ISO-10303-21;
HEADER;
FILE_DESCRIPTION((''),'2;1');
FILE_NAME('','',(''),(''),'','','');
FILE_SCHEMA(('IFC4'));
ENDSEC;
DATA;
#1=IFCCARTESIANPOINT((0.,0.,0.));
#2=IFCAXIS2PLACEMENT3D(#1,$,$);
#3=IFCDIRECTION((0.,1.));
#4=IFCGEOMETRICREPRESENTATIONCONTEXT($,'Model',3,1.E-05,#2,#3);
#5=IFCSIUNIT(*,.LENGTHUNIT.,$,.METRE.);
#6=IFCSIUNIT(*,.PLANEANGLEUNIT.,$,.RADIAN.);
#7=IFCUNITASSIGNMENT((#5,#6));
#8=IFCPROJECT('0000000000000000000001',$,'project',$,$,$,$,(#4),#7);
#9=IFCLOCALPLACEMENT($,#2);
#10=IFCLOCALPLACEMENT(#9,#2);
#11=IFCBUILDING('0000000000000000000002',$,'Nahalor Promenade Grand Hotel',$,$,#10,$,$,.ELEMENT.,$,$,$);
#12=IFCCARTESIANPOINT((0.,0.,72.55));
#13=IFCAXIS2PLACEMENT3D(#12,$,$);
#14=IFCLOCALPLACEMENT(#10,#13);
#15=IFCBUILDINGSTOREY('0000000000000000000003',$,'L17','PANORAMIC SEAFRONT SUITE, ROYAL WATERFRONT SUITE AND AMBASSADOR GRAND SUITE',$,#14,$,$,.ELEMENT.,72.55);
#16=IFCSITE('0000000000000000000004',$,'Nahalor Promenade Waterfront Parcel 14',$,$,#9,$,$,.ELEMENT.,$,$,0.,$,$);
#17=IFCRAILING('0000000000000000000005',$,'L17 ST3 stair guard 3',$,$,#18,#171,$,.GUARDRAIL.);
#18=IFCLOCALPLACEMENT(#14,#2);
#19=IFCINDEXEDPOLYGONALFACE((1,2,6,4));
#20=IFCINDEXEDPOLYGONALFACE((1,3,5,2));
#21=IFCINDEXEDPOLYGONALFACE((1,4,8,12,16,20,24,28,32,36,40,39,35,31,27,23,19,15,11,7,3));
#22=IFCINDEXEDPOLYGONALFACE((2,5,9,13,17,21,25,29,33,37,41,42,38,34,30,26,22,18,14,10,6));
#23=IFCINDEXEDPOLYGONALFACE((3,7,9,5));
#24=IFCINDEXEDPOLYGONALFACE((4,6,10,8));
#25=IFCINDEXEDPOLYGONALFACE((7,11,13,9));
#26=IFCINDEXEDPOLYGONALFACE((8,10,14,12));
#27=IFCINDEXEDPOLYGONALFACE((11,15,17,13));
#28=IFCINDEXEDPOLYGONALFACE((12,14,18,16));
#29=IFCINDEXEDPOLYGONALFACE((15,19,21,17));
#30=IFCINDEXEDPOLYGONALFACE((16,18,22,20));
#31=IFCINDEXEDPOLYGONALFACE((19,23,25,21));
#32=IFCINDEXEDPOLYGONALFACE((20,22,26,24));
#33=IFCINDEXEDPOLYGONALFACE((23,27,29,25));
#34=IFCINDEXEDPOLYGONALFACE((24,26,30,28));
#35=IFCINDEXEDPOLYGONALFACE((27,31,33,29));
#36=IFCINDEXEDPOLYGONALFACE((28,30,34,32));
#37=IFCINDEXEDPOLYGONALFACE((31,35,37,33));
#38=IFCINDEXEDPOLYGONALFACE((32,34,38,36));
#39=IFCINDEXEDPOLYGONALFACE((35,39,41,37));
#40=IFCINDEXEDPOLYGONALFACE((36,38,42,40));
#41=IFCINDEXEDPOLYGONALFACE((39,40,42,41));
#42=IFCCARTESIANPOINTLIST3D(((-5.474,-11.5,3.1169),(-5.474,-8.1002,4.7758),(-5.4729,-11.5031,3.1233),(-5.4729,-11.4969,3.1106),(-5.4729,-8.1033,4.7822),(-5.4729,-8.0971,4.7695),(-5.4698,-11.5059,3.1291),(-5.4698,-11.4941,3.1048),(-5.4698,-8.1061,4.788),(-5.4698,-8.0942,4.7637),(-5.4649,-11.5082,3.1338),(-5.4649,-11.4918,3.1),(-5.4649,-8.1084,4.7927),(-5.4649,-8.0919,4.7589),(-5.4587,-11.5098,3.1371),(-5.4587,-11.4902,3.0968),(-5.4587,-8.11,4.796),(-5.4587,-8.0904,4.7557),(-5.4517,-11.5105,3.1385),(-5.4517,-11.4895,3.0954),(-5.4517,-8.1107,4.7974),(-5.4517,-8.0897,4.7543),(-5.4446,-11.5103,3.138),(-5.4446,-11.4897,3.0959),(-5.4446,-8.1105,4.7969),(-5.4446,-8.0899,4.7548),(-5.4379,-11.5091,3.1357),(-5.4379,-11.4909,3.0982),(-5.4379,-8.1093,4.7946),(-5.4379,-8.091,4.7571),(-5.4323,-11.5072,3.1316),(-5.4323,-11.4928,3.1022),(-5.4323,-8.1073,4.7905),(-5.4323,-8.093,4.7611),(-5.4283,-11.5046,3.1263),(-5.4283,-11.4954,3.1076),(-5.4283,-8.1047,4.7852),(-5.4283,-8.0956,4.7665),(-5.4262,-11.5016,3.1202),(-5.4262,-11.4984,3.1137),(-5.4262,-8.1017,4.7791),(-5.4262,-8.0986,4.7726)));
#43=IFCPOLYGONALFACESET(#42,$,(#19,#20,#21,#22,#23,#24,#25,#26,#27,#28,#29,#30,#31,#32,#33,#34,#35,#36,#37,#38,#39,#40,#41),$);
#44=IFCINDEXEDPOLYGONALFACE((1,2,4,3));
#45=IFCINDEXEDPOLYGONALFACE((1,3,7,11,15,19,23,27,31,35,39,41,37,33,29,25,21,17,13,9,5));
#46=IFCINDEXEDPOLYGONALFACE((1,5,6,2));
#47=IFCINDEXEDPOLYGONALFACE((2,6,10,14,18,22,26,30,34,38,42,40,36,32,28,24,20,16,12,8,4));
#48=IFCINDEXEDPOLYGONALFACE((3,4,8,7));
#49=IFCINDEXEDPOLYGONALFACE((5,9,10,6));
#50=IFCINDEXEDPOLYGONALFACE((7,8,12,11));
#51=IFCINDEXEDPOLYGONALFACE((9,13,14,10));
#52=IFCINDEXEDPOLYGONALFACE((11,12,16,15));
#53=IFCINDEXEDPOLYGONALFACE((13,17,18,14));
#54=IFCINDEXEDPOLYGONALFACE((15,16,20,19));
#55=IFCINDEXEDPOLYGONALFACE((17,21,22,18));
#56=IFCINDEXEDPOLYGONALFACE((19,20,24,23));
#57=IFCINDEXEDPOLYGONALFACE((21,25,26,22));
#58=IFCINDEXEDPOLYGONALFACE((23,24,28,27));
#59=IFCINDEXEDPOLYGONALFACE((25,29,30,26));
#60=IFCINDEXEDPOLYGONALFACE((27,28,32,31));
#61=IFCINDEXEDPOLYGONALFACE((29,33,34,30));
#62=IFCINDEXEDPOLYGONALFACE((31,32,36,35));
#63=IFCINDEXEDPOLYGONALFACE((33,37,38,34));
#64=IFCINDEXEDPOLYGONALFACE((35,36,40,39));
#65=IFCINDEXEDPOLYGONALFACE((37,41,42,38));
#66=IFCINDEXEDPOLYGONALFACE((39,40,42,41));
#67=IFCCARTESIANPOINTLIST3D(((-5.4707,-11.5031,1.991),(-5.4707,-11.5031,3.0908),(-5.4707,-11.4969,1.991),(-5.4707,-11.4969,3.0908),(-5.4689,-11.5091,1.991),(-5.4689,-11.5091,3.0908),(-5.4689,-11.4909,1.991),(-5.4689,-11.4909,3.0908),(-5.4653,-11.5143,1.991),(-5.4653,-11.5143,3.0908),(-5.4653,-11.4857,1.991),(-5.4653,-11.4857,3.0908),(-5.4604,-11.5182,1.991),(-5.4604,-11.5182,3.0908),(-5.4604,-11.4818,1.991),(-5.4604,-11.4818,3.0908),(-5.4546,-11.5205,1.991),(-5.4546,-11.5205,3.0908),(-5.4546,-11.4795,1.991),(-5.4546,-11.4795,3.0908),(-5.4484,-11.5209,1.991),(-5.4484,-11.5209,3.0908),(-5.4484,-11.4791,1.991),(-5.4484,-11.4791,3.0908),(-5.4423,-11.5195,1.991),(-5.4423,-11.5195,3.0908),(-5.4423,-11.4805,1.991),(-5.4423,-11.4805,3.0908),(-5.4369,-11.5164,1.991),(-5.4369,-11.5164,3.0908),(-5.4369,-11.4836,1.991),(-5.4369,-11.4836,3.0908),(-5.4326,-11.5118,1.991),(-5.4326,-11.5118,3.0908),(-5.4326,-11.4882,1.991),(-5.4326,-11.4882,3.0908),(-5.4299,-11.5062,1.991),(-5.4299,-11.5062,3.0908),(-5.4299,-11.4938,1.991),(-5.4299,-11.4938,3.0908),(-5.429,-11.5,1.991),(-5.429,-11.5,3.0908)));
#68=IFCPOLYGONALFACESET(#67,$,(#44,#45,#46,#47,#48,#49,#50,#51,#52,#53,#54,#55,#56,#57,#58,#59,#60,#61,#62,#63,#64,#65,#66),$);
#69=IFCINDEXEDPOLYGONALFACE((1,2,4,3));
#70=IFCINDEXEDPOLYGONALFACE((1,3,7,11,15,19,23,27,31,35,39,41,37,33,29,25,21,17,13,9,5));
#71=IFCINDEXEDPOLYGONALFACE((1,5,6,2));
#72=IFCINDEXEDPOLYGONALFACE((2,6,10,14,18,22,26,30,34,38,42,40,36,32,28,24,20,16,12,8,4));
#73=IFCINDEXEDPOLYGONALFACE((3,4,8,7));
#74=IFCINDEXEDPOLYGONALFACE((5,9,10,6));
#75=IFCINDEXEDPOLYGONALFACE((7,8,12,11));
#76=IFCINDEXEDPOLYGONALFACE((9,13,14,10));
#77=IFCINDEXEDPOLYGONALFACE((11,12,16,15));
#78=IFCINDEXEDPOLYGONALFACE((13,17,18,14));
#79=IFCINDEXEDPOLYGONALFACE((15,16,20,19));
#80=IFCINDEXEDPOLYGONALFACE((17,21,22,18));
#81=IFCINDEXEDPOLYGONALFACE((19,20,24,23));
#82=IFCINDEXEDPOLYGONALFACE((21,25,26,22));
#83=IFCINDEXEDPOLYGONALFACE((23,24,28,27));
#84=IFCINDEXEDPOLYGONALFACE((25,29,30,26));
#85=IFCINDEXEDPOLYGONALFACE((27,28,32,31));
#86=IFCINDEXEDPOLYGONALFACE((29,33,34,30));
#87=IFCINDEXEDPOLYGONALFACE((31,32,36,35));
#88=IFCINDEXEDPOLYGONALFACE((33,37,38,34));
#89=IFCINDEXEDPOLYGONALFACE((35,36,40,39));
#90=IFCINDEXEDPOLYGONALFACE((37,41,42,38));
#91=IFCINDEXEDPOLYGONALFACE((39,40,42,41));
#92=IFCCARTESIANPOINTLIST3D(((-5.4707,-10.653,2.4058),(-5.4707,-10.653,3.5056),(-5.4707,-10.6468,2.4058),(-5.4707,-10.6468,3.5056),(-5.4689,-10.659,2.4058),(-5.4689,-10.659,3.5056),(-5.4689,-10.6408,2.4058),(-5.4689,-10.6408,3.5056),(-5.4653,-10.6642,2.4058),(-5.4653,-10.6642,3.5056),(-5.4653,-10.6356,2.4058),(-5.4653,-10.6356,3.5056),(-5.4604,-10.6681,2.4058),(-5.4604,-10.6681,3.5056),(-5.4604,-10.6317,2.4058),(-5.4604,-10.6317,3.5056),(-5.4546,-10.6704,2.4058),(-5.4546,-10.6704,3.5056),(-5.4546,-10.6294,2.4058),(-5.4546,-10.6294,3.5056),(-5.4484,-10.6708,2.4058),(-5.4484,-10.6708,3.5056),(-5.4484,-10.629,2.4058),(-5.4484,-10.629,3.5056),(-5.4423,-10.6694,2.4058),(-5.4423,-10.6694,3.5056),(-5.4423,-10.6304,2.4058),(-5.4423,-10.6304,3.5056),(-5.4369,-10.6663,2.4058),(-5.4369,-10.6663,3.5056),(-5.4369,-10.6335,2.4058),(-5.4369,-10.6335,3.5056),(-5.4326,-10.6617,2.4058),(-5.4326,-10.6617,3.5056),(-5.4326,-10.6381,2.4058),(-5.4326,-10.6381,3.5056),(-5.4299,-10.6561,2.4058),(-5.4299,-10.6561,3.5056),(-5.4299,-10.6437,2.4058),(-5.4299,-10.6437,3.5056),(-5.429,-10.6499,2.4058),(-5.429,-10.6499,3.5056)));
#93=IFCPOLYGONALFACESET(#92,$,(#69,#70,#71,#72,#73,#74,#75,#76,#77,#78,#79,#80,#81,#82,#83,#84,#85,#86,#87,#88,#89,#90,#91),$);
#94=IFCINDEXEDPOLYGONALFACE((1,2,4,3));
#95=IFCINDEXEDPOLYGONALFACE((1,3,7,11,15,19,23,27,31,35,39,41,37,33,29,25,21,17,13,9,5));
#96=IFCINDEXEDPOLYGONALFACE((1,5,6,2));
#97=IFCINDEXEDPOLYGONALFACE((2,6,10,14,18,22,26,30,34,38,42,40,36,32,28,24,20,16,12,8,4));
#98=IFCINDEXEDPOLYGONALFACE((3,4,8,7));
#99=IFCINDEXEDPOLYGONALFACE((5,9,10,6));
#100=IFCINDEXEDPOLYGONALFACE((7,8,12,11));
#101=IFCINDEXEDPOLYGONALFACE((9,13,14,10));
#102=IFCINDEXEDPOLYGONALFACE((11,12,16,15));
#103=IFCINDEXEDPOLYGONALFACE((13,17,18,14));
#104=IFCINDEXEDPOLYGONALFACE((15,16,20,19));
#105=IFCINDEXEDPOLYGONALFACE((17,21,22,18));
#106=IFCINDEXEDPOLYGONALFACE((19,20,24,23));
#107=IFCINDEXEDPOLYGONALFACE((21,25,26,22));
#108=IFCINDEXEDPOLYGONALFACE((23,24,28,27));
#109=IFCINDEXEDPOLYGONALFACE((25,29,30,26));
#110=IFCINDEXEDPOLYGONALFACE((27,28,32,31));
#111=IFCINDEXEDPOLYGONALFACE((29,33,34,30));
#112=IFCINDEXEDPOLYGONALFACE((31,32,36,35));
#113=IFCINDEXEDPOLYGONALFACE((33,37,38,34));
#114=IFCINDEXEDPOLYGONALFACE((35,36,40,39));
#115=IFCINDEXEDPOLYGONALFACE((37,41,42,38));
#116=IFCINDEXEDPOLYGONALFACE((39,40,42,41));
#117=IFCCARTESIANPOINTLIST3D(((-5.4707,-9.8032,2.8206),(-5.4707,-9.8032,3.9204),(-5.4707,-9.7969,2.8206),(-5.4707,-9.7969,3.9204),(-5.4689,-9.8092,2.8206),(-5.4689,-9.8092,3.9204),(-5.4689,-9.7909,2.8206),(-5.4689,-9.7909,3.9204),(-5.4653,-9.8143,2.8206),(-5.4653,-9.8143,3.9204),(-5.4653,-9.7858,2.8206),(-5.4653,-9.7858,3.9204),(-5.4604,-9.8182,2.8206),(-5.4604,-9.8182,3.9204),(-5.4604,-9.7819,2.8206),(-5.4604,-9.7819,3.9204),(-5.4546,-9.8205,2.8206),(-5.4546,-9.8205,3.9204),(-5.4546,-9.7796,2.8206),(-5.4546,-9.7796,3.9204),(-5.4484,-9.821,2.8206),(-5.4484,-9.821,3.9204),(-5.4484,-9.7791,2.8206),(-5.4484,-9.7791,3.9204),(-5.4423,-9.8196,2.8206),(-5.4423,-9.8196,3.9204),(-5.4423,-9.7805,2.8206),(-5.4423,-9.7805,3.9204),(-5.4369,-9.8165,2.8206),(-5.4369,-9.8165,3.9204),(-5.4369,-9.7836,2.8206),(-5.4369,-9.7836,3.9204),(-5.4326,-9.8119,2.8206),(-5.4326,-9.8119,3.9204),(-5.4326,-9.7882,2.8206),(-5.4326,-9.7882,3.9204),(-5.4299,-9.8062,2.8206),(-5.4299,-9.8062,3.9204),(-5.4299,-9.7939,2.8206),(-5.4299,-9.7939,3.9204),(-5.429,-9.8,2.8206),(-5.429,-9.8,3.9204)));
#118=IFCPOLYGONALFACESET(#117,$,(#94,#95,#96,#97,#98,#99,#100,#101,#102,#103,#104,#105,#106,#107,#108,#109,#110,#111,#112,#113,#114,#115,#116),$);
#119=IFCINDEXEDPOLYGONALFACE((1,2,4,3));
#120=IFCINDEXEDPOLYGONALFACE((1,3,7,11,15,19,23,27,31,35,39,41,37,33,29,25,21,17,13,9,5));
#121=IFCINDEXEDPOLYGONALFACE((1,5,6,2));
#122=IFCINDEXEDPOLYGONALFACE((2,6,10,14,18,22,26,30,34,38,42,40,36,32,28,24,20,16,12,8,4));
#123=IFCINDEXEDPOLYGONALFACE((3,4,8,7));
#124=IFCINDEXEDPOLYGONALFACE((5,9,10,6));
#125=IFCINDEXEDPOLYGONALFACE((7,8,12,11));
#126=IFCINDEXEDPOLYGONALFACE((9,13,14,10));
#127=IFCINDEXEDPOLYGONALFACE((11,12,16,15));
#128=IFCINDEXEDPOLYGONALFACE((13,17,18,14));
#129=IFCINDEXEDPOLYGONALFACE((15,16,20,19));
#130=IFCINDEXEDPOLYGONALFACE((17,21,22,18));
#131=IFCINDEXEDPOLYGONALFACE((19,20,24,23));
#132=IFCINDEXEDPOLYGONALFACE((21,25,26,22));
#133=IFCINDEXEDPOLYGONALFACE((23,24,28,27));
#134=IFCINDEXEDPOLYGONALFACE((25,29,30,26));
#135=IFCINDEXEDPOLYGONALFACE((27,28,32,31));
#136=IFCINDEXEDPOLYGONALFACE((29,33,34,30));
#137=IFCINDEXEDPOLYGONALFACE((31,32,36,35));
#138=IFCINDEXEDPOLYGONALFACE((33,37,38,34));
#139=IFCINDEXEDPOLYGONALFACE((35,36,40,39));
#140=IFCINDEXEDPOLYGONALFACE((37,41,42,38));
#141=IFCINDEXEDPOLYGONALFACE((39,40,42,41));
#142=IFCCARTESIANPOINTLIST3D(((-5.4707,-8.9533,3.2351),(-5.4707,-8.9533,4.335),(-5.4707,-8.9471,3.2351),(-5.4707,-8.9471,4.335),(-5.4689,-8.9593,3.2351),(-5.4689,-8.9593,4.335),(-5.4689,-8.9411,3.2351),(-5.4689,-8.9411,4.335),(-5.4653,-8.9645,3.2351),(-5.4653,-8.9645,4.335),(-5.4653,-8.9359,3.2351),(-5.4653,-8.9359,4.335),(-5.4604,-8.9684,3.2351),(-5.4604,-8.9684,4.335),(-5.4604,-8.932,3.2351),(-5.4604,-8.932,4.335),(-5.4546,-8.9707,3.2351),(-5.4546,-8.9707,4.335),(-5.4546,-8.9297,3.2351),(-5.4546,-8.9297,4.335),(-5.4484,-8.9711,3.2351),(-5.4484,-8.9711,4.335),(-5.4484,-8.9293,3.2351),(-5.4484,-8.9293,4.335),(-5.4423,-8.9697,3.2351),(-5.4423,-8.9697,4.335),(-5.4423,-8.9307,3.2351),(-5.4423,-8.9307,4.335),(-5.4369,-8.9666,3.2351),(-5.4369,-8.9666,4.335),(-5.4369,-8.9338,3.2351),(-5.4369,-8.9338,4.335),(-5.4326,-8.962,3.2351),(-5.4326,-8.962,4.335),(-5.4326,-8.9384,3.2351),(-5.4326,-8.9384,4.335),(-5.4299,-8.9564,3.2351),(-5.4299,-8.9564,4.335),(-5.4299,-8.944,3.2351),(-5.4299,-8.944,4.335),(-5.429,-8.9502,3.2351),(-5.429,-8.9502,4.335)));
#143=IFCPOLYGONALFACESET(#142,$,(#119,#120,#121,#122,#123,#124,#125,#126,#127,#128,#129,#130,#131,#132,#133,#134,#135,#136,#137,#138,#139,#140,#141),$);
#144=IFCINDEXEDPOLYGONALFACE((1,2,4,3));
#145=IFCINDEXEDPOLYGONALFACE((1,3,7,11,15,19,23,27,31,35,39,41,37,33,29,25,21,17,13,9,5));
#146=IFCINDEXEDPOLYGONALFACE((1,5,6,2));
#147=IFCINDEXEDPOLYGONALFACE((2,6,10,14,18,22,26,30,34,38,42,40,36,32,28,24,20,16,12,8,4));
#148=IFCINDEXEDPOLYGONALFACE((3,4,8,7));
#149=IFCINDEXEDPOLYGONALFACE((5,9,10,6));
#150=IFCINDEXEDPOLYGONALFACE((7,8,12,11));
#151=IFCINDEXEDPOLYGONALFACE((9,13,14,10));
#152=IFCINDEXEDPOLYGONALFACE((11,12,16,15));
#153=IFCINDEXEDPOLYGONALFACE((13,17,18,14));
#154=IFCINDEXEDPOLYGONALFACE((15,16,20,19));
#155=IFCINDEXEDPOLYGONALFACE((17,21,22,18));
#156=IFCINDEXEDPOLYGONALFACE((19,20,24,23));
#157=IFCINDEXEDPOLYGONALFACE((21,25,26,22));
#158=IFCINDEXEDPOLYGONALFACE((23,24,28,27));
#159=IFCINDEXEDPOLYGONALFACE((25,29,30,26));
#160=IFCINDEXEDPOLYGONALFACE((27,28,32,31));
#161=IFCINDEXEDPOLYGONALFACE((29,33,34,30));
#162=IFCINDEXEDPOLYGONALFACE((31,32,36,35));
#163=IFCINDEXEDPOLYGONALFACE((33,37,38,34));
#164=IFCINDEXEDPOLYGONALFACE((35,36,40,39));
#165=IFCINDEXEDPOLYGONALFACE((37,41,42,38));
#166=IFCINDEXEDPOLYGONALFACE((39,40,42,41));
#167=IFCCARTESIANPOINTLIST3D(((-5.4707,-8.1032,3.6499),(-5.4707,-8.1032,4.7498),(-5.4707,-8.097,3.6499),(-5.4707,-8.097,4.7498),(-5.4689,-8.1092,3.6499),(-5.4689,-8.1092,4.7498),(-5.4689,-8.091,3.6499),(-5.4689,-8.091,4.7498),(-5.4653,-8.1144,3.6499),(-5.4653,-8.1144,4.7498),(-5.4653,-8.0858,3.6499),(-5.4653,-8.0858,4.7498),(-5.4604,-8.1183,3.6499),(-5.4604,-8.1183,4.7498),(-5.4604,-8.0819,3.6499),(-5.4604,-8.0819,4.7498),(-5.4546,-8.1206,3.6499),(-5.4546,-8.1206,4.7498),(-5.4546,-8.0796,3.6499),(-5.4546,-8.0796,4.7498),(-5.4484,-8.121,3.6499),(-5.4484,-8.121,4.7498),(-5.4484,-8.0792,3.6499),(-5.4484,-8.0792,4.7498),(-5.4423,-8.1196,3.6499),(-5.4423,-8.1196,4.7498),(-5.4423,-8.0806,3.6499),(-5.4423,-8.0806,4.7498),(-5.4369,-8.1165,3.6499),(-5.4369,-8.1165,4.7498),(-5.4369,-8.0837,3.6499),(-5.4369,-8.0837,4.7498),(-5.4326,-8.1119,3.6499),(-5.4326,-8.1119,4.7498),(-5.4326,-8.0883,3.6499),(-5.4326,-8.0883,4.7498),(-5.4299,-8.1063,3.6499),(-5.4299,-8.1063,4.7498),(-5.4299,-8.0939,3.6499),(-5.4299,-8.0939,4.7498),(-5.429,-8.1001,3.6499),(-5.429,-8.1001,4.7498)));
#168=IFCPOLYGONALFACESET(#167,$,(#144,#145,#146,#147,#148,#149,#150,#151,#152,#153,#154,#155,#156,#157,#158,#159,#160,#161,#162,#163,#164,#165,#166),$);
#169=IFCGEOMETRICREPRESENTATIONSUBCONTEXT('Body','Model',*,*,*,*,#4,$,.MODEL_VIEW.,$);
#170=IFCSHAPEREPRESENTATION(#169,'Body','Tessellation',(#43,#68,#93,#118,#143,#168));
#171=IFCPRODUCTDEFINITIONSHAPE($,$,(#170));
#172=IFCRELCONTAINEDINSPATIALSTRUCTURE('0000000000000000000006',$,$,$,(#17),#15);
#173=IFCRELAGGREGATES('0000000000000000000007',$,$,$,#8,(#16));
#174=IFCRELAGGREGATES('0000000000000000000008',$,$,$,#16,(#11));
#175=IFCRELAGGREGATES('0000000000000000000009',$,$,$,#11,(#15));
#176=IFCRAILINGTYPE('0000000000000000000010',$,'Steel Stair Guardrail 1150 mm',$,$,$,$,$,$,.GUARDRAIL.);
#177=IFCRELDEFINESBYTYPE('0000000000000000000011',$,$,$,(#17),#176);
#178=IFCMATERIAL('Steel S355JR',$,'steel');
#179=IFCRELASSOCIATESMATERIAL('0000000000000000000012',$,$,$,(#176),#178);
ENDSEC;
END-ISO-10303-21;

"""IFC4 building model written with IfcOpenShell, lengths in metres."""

from ifc_helpers import new_model, si_unit, direction, frame, origin, origin_2d, place, context, subcontext, project, spatial, circle, extrude, material, type_object, element, save


model = new_model("IFC4")

# Units and contexts
model_context = context("Model", 3, precision=1e-05, world=origin(), true_north=direction((0.0, 1.0)))
body_context = subcontext(model_context, "Body", "Model", "MODEL_VIEW")
ifc_project = project(units=[si_unit("LENGTHUNIT", "METRE"), si_unit("PLANEANGLEUNIT", "RADIAN")], contexts=[model_context])

# Site, building, storey
site_placement = place(None, origin())
site = spatial("IfcSite", under=ifc_project, at=site_placement, Name="Nahalor Promenade Waterfront Parcel 14", CompositionType="ELEMENT", RefElevation=0.0)
building_placement = place(site_placement, origin())
building = spatial("IfcBuilding", under=site, at=building_placement, Name="Nahalor Promenade Grand Hotel", CompositionType="ELEMENT")
storey_placement = place(building_placement, frame((0.0, 0.0, 72.55)))
storey = spatial("IfcBuildingStorey", under=building, at=storey_placement, Name="L17", Description="PANORAMIC SEAFRONT SUITE, ROYAL WATERFRONT SUITE AND AMBASSADOR GRAND SUITE", CompositionType="ELEMENT", Elevation=72.55)

# Shared definitions
ifc_material_1 = material(Name="Steel S355JR", Category="steel")

# Railing
railing_type_1 = type_object("IfcRailingType", Name="Steel Stair Guardrail 1150 mm", PredefinedType="GUARDRAIL", material=ifc_material_1)
railing_1_placement = place(storey_placement, frame((-5.45, -11.5, 1.991)))
element("IfcRailing", 1, at=railing_1_placement, inside=storey, type_object=railing_type_1, Name="L17 ST3 stair guard 3", PredefinedType="GUARDRAIL", context=body_context, shape_type="SweptSolid", body=[
    extrude(circle(Radius=0.024, at=origin_2d()), frame((0.0, 0.0, 1.126), z_axis=(0.0, 0.898722, 0.438519), x_axis=(-1.0, 0.0, 0.0)), (0.0, 0.0, 1.0), 3.783),
    extrude(circle(Radius=0.021, at=origin_2d()), origin(), (0.0, 0.0, 1.0), 1.0999),
    extrude(circle(Radius=0.021, at=origin_2d()), frame((0.0, 0.8501, 0.4148)), (0.0, 0.0, 1.0), 1.0999),
    extrude(circle(Radius=0.021, at=origin_2d()), frame((0.0, 1.7, 0.8296)), (0.0, 0.0, 1.0), 1.0999),
    extrude(circle(Radius=0.021, at=origin_2d()), frame((0.0, 2.5498, 1.2441)), (0.0, 0.0, 1.0), 1.0999),
    extrude(circle(Radius=0.021, at=origin_2d()), frame((0.0, 3.3999, 1.6589)), (0.0, 0.0, 1.0), 1.0999),
])

save(model, "model.ifc")
